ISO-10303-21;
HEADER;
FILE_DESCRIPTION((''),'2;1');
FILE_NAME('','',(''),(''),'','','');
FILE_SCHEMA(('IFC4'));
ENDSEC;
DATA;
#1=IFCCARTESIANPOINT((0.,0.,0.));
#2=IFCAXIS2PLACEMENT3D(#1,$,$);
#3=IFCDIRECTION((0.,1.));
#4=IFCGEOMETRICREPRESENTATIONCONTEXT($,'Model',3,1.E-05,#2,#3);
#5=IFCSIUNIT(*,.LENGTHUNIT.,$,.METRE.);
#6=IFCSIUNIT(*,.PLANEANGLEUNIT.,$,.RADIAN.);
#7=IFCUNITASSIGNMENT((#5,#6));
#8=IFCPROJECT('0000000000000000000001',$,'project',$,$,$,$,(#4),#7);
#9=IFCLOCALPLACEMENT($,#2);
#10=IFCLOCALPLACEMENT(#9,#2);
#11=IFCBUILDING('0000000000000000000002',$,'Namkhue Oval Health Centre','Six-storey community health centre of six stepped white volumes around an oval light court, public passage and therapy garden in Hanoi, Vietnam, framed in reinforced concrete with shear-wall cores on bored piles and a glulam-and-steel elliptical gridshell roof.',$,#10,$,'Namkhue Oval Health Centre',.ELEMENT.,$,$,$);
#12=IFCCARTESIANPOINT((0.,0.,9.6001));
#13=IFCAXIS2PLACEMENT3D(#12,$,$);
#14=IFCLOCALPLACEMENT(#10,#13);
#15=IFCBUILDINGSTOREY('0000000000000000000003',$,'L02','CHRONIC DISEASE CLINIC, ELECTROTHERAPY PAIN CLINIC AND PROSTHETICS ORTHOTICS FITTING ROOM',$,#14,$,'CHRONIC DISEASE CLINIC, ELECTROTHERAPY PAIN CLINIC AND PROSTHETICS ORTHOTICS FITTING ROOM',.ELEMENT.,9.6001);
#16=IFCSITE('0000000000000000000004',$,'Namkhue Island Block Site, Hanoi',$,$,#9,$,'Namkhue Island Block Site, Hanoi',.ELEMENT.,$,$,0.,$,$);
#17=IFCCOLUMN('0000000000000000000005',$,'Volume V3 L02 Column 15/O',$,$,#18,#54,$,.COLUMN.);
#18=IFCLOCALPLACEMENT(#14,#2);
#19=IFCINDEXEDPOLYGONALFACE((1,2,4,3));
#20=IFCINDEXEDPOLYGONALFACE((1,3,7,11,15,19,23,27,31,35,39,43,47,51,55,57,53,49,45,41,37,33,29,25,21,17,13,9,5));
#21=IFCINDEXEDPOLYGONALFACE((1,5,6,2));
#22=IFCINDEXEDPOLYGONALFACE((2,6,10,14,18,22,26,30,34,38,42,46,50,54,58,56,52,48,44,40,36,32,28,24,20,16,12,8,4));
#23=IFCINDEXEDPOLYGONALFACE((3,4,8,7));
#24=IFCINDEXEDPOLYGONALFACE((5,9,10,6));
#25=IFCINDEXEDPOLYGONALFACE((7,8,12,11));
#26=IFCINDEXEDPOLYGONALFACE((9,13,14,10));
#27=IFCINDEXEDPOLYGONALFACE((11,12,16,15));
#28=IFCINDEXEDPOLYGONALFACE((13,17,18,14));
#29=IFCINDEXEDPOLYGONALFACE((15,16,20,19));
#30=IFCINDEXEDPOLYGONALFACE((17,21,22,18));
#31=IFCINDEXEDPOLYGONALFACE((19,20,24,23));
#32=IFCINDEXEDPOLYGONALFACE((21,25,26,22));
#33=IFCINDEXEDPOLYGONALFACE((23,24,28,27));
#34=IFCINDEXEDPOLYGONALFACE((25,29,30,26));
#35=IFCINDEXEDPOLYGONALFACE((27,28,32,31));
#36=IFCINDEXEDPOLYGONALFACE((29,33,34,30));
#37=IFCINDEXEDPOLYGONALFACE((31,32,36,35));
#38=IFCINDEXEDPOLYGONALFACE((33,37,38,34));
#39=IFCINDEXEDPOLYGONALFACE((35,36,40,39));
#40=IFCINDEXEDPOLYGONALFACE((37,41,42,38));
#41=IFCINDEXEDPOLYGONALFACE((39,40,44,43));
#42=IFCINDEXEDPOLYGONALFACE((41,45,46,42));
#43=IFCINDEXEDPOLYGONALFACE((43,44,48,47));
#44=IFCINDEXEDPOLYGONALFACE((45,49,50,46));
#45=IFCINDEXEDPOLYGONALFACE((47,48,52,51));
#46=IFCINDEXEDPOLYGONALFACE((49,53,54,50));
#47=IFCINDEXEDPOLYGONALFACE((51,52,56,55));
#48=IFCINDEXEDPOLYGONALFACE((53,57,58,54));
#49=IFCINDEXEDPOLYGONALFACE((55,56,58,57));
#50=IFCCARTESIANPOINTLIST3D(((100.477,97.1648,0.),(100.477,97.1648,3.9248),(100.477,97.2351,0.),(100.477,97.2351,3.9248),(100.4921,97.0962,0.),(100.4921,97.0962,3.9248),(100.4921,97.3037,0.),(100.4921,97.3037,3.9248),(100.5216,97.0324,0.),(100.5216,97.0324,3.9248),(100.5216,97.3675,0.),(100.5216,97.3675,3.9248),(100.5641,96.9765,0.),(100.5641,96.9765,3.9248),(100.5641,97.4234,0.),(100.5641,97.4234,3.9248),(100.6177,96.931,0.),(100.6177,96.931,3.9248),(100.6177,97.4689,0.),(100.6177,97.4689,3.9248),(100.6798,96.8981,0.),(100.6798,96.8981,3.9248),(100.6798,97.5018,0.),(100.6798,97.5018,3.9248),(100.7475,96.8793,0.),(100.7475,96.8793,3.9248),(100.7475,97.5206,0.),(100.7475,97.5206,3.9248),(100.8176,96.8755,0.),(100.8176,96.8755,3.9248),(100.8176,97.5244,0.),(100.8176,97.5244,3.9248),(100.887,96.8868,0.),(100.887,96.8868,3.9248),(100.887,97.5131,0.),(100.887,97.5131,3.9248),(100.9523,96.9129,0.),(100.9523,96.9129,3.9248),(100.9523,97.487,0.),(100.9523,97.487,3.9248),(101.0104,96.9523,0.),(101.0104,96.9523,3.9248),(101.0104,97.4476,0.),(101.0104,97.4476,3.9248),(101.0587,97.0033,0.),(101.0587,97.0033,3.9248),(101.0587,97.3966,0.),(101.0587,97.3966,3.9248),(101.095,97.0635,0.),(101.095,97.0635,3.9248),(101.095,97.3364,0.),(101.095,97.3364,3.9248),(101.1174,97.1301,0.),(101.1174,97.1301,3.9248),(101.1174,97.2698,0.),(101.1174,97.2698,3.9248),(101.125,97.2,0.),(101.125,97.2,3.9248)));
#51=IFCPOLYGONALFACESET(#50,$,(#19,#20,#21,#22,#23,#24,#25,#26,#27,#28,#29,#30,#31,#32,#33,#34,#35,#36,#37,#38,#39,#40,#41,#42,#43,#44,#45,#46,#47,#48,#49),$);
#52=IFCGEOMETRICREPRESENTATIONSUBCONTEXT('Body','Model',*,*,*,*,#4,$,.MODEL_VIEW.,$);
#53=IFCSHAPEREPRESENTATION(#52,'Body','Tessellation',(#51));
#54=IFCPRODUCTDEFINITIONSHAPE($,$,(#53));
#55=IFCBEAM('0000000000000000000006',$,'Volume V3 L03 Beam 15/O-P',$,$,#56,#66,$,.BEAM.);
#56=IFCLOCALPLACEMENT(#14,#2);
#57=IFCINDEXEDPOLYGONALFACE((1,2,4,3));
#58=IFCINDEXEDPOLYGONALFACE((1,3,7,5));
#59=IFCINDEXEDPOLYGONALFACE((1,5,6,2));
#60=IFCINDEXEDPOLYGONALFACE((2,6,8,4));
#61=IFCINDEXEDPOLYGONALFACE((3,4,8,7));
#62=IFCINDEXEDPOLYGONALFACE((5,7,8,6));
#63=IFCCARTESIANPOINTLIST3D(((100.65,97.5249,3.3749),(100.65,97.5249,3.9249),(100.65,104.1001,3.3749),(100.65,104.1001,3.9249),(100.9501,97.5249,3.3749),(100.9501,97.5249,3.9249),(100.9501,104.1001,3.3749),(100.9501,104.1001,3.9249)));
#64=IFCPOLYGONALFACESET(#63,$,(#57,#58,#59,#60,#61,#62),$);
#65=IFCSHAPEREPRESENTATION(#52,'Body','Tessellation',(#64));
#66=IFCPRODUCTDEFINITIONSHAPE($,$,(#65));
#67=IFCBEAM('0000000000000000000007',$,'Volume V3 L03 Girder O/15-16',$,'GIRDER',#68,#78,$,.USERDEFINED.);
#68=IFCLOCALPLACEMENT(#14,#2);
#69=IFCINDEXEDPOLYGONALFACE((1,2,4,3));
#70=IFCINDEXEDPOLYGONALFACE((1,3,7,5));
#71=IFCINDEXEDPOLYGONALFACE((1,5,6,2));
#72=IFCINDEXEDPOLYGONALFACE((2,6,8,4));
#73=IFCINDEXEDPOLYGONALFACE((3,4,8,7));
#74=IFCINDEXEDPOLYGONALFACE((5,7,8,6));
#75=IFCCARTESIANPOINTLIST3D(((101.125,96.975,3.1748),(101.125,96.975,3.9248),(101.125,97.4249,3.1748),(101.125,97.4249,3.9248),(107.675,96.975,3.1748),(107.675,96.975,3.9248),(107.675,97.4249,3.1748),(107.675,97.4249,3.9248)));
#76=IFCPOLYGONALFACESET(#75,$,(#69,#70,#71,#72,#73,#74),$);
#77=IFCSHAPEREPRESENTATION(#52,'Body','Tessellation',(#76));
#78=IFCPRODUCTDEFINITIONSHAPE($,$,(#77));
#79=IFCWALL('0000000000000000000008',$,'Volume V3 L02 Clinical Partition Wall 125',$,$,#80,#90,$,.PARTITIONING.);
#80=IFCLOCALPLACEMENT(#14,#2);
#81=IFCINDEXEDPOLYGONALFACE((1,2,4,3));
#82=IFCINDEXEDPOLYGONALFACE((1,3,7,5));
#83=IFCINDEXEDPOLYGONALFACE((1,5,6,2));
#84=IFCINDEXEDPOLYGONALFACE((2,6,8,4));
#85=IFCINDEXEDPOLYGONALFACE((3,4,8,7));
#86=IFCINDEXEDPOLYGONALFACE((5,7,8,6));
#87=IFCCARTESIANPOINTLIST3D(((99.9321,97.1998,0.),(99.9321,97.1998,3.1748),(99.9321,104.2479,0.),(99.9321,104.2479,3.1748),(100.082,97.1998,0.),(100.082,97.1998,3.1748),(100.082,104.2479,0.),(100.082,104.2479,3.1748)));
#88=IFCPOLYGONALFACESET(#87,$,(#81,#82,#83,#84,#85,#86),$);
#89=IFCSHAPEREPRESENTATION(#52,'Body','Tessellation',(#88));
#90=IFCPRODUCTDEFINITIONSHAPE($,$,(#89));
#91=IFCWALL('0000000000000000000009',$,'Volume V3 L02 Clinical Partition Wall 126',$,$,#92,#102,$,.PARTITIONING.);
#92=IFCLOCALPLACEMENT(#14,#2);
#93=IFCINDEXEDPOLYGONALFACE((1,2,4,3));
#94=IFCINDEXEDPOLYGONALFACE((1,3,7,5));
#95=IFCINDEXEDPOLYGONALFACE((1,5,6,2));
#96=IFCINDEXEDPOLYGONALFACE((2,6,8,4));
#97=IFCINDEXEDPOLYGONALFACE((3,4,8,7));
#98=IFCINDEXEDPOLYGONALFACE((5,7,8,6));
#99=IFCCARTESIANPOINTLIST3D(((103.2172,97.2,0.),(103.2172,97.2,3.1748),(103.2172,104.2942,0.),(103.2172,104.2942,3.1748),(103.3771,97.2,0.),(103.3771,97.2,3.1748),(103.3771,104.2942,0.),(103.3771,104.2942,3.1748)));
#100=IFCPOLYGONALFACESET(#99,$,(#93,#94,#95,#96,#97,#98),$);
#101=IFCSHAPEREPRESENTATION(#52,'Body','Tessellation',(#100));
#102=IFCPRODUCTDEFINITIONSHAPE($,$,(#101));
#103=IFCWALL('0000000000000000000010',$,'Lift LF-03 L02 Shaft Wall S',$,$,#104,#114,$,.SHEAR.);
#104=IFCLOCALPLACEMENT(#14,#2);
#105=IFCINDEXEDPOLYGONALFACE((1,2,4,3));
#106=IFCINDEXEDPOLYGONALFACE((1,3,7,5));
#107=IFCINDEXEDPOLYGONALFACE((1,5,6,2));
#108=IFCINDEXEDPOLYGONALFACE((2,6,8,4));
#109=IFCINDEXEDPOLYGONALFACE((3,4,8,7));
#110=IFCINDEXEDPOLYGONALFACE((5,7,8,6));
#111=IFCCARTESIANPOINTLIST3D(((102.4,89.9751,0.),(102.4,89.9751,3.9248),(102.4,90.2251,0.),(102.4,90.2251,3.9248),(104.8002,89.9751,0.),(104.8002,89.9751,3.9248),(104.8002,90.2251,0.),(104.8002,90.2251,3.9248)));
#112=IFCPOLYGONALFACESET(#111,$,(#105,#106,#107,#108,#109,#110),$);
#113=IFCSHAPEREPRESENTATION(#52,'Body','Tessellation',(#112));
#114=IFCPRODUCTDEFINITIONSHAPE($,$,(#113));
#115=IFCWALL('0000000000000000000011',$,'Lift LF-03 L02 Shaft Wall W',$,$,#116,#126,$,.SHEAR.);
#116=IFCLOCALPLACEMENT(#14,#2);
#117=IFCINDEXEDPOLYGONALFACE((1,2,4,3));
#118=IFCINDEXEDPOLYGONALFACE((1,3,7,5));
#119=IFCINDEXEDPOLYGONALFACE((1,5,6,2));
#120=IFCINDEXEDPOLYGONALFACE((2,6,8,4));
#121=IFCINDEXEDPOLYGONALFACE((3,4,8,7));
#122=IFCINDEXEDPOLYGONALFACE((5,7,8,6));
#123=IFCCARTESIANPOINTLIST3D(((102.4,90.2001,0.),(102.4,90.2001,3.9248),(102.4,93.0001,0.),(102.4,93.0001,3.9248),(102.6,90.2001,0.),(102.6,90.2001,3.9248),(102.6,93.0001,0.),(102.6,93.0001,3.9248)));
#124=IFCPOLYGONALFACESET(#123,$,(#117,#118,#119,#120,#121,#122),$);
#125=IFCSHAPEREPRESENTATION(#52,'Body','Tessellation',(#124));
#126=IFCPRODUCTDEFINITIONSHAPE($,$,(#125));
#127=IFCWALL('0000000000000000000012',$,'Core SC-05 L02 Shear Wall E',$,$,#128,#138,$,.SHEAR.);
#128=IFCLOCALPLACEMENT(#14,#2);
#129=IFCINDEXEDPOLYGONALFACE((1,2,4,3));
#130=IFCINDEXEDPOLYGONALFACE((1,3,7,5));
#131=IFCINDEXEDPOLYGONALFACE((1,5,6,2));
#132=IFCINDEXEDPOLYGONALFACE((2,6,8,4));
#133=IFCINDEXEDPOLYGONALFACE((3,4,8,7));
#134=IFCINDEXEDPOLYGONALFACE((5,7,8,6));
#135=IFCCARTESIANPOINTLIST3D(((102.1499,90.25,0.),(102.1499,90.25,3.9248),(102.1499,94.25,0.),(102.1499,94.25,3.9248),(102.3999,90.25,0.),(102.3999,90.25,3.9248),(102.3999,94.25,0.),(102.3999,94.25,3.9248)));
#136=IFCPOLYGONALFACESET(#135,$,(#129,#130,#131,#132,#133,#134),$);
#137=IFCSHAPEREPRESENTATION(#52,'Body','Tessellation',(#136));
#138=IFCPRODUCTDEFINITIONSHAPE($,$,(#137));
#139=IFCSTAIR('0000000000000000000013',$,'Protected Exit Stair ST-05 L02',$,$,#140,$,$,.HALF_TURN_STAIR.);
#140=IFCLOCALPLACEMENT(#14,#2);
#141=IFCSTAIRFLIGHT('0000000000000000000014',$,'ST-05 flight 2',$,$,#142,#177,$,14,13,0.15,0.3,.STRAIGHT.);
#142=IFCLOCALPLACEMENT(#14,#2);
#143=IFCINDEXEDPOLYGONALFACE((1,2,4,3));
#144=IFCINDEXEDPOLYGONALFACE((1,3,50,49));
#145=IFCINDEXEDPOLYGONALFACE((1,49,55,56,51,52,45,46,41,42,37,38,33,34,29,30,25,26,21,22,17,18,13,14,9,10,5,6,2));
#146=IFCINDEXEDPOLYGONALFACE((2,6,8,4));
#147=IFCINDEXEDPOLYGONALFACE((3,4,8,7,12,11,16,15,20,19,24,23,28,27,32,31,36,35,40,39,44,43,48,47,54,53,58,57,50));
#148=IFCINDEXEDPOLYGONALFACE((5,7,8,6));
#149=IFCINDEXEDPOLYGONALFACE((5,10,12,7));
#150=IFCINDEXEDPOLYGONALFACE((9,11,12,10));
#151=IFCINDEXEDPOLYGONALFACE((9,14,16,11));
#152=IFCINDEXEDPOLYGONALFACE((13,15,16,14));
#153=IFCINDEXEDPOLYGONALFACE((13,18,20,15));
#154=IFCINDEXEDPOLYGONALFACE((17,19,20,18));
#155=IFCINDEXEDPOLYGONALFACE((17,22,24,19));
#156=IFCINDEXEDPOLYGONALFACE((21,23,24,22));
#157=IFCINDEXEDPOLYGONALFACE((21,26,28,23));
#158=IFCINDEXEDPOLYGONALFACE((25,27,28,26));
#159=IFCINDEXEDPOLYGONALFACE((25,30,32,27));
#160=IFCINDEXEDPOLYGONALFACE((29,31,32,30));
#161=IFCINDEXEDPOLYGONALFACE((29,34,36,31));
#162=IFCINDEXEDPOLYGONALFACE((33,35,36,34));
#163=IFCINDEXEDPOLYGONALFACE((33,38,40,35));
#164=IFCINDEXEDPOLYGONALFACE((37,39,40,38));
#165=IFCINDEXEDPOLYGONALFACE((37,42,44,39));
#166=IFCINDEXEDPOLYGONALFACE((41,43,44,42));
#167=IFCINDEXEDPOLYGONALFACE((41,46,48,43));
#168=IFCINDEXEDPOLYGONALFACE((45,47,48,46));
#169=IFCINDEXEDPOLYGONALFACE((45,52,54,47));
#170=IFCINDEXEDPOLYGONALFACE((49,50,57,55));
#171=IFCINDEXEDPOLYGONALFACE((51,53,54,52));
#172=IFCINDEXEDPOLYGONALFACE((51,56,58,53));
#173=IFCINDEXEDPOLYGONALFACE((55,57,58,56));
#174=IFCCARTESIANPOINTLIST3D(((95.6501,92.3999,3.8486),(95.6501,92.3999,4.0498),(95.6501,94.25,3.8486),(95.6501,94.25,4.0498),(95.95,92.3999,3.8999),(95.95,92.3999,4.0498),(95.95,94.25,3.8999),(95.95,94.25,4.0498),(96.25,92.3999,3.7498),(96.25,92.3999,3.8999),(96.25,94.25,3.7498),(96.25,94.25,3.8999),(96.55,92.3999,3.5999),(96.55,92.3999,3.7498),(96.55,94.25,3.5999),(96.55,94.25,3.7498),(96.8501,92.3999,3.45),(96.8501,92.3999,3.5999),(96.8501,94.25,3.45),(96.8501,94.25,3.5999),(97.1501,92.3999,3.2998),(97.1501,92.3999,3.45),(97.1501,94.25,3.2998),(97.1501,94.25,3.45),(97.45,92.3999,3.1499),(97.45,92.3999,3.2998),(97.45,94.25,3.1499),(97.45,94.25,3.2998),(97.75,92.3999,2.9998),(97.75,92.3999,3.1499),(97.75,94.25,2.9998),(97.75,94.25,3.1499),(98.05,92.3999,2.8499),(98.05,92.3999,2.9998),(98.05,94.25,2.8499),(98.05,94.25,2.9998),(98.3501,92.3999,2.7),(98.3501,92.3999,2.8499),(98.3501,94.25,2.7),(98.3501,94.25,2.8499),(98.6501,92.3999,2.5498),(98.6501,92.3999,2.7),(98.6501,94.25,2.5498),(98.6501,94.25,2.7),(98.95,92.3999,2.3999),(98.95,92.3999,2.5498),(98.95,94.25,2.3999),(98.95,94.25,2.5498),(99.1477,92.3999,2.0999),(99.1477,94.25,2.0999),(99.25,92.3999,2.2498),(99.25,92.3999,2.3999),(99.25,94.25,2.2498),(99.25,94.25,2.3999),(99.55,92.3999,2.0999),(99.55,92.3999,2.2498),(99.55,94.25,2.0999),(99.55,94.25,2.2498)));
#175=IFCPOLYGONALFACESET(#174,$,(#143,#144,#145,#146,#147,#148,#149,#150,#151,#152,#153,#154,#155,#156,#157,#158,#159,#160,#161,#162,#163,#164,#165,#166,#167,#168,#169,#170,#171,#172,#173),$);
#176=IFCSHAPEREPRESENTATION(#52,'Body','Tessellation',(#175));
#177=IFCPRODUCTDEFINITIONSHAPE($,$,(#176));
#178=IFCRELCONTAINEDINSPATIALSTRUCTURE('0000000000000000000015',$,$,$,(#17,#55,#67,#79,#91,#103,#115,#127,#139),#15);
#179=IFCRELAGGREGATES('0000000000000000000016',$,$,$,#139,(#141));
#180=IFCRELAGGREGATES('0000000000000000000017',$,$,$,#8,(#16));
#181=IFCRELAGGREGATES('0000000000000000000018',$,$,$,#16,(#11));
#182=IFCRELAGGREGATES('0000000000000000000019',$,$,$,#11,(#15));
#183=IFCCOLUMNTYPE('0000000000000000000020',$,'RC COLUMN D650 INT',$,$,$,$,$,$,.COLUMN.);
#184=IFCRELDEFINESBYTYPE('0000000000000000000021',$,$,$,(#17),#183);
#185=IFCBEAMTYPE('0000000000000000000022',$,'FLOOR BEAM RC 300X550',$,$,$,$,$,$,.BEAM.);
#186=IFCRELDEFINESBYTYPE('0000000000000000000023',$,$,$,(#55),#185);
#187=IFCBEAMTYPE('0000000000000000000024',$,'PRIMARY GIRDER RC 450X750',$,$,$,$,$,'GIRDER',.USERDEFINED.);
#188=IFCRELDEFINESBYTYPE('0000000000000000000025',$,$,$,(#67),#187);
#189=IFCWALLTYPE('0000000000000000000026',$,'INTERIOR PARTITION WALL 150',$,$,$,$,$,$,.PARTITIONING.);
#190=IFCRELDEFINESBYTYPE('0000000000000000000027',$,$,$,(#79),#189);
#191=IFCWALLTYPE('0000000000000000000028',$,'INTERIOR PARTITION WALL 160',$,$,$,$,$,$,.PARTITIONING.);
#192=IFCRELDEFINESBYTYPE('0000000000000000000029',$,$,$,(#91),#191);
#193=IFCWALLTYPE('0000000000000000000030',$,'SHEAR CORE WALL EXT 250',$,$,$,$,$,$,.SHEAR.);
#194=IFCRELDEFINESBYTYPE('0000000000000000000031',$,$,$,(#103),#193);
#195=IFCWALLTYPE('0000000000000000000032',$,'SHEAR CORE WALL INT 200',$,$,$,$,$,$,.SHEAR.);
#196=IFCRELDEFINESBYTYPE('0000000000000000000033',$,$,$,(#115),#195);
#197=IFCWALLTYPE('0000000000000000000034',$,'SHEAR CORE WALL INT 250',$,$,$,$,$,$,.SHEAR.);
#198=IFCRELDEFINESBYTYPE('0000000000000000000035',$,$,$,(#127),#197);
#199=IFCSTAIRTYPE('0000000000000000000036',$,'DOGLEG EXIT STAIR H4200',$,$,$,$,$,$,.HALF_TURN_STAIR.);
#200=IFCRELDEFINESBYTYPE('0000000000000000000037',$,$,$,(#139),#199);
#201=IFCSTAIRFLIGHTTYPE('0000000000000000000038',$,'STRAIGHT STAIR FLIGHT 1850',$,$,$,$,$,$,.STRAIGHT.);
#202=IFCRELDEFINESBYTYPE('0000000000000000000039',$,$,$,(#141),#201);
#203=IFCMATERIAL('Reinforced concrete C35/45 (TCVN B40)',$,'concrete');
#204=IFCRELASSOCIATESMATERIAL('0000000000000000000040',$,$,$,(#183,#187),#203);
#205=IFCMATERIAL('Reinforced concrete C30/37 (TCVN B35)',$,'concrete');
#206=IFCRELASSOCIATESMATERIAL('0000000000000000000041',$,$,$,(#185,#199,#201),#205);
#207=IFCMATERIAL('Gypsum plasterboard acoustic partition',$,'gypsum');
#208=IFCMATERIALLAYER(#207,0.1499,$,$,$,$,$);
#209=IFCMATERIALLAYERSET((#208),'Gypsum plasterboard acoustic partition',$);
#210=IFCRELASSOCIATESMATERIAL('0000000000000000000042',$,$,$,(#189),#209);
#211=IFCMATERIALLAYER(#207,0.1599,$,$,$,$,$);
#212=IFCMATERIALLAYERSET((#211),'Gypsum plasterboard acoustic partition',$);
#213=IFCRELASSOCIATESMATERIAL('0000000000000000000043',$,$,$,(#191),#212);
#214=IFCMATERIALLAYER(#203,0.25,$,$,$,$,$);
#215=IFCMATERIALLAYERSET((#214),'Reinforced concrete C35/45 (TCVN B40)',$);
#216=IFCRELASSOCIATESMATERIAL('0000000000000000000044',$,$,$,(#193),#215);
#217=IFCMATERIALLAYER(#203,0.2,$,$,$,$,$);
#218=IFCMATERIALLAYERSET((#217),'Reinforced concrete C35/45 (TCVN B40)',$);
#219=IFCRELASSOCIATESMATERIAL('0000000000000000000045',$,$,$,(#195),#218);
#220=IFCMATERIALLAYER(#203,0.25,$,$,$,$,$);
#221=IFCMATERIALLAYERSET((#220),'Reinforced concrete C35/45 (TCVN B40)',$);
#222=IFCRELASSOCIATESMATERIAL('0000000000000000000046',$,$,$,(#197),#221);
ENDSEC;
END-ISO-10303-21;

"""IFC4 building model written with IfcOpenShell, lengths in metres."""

from ifc_helpers import new_model, si_unit, direction, frame, frame_2d, origin, origin_2d, place, context, subcontext, project, spatial, polyline, rectangle, circle, outline, extrude, material, layer, layer_set, material_profile, profile_set, type_object, element, aggregate, save


model = new_model("IFC4")

# Units and contexts
model_context = context("Model", 3, precision=1e-05, world=origin(), true_north=direction((0.0, 1.0)))
body_context = subcontext(model_context, "Body", "Model", "MODEL_VIEW")
ifc_project = project(units=[si_unit("LENGTHUNIT", "METRE"), si_unit("PLANEANGLEUNIT", "RADIAN")], contexts=[model_context])

# Site, building, storey
site_placement = place(None, origin())
site = spatial("IfcSite", under=ifc_project, at=site_placement, Name="Namkhue Island Block Site, Hanoi", LongName="Namkhue Island Block Site, Hanoi", CompositionType="ELEMENT", RefElevation=0.0)
building_placement = place(site_placement, origin())
building = spatial("IfcBuilding", under=site, at=building_placement, Name="Namkhue Oval Health Centre", Description="Six-storey community health centre of six stepped white volumes around an oval light court, public passage and therapy garden in Hanoi, Vietnam, framed in reinforced concrete with shear-wall cores on bored piles and a glulam-and-steel elliptical gridshell roof.", LongName="Namkhue Oval Health Centre", CompositionType="ELEMENT")
storey_placement = place(building_placement, frame((0.0, 0.0, 9.6001)))
storey = spatial("IfcBuildingStorey", under=building, at=storey_placement, Name="L02", Description="CHRONIC DISEASE CLINIC, ELECTROTHERAPY PAIN CLINIC AND PROSTHETICS ORTHOTICS FITTING ROOM", LongName="CHRONIC DISEASE CLINIC, ELECTROTHERAPY PAIN CLINIC AND PROSTHETICS ORTHOTICS FITTING ROOM", CompositionType="ELEMENT", Elevation=9.6001)

# Column
ifc_material_1 = material(Name="Reinforced concrete C35/45 (TCVN B40)", Category="concrete")
ifc_material_profile_1 = material_profile(ifc_material_1, circle(Radius=0.325, at=origin_2d()), Name="RC D650")
ifc_profile_set_1 = profile_set([ifc_material_profile_1], Name="Reinforced concrete C35/45 (TCVN B40)")
column_type = type_object("IfcColumnType", Name="RC COLUMN D650 INT", PredefinedType="COLUMN", material=ifc_profile_set_1)
column_placement = place(storey_placement, frame((100.8, 97.2, 0.0), z_axis=(0.0, 0.0, 1.0), x_axis=(1.0, 0.0, 0.0)))
element("IfcColumn", 1, at=column_placement, inside=storey, type_object=column_type, Name="Volume V3 L02 Column 15/O", PredefinedType="COLUMN", context=body_context, shape_type="SweptSolid", body=[
    extrude(circle(Radius=0.325, at=origin_2d()), origin(), (0.0, 0.0, 1.0), 3.9248),
])

# Beams
ifc_material_2 = material(Name="Reinforced concrete C30/37 (TCVN B35)", Category="concrete")
ifc_material_profile_2 = material_profile(ifc_material_2, rectangle(XDim=0.3, YDim=0.55, at=origin_2d()), Name="RC 300x550")
ifc_profile_set_2 = profile_set([ifc_material_profile_2], Name="Reinforced concrete C30/37 (TCVN B35)")
beam_type_1 = type_object("IfcBeamType", Name="FLOOR BEAM RC 300X550", PredefinedType="BEAM", material=ifc_profile_set_2)
beam_1_placement = place(storey_placement, frame((100.8, 97.5249, 3.6499), z_axis=(0.0, 1.0, 0.0), x_axis=(-1.0, 0.0, 0.0)))
element("IfcBeam", 2, at=beam_1_placement, inside=storey, type_object=beam_type_1, Name="Volume V3 L03 Beam 15/O-P", PredefinedType="BEAM", context=body_context, shape_type="SweptSolid", body=[
    extrude(rectangle(XDim=0.3, YDim=0.55, at=origin_2d()), origin(), (0.0, 0.0, 1.0), 6.5752),
])
ifc_material_profile_3 = material_profile(ifc_material_1, rectangle(XDim=0.45, YDim=0.75, at=origin_2d()), Name="RC 450x750")
ifc_profile_set_3 = profile_set([ifc_material_profile_3], Name="Reinforced concrete C35/45 (TCVN B40)")
beam_type_2 = type_object("IfcBeamType", Name="PRIMARY GIRDER RC 450X750", ElementType="GIRDER", PredefinedType="USERDEFINED", material=ifc_profile_set_3)
beam_2_placement = place(storey_placement, frame((101.125, 97.2, 3.5498), z_axis=(1.0, 0.0, 0.0), x_axis=(0.0, 1.0, 0.0)))
element("IfcBeam", 3, at=beam_2_placement, inside=storey, type_object=beam_type_2, Name="Volume V3 L03 Girder O/15-16", ObjectType="GIRDER", PredefinedType="USERDEFINED", context=body_context, shape_type="SweptSolid", body=[
    extrude(rectangle(XDim=0.45, YDim=0.75, at=origin_2d()), origin(), (0.0, 0.0, 1.0), 6.55),
])

# Walls
ifc_material_3 = material(Name="Gypsum plasterboard acoustic partition", Category="gypsum")
ifc_layer_1 = layer(ifc_material_3, 0.1499)
ifc_layer_set_1 = layer_set([ifc_layer_1], Name="Gypsum plasterboard acoustic partition")
wall_type_1 = type_object("IfcWallType", Name="INTERIOR PARTITION WALL 150", PredefinedType="PARTITIONING", material=ifc_layer_set_1)
wall_1_placement = place(storey_placement, frame((100.0071, 97.2, 0.0), z_axis=(0.0, 0.0, 1.0), x_axis=(0.0, 1.0, 0.0)))
element("IfcWall", 4, at=wall_1_placement, inside=storey, type_object=wall_type_1, Name="Volume V3 L02 Clinical Partition Wall 125", PredefinedType="PARTITIONING", context=body_context, shape_type="SweptSolid", body=[
    extrude(rectangle(XDim=7.0481, YDim=0.1499, at=frame_2d((3.5239, 0.0))), origin(), (0.0, 0.0, 1.0), 3.1748),
])
ifc_layer_2 = layer(ifc_material_3, 0.1599)
ifc_layer_set_2 = layer_set([ifc_layer_2], Name="Gypsum plasterboard acoustic partition")
wall_type_2 = type_object("IfcWallType", Name="INTERIOR PARTITION WALL 160", PredefinedType="PARTITIONING", material=ifc_layer_set_2)
wall_2_placement = place(storey_placement, frame((103.2971, 97.2, 0.0), z_axis=(0.0, 0.0, 1.0), x_axis=(0.0, 1.0, 0.0)))
element("IfcWall", 5, at=wall_2_placement, inside=storey, type_object=wall_type_2, Name="Volume V3 L02 Clinical Partition Wall 126", PredefinedType="PARTITIONING", context=body_context, shape_type="SweptSolid", body=[
    extrude(rectangle(XDim=7.0942, YDim=0.1599, at=frame_2d((3.5471, 0.0))), origin(), (0.0, 0.0, 1.0), 3.1748),
])
ifc_layer_3 = layer(ifc_material_1, 0.25)
ifc_layer_set_3 = layer_set([ifc_layer_3], Name="Reinforced concrete C35/45 (TCVN B40)")
wall_type_3 = type_object("IfcWallType", Name="SHEAR CORE WALL EXT 250", PredefinedType="SHEAR", material=ifc_layer_set_3)
wall_3_placement = place(storey_placement, frame((102.3999, 90.1001, 0.0), z_axis=(0.0, 0.0, 1.0), x_axis=(1.0, 0.0, 0.0)))
element("IfcWall", 6, at=wall_3_placement, inside=storey, type_object=wall_type_3, Name="Lift LF-03 L02 Shaft Wall S", PredefinedType="SHEAR", context=body_context, shape_type="SweptSolid", body=[
    extrude(rectangle(XDim=2.4001, YDim=0.25, at=frame_2d((1.2002, 0.0))), origin(), (0.0, 0.0, 1.0), 3.9248),
])
ifc_layer_4 = layer(ifc_material_1, 0.2)
ifc_layer_set_4 = layer_set([ifc_layer_4], Name="Reinforced concrete C35/45 (TCVN B40)")
wall_type_4 = type_object("IfcWallType", Name="SHEAR CORE WALL INT 200", PredefinedType="SHEAR", material=ifc_layer_set_4)
wall_4_placement = place(storey_placement, frame((102.5, 93.0, 0.0), z_axis=(0.0, 0.0, 1.0), x_axis=(0.0, -1.0, 0.0)))
element("IfcWall", 7, at=wall_4_placement, inside=storey, type_object=wall_type_4, Name="Lift LF-03 L02 Shaft Wall W", PredefinedType="SHEAR", context=body_context, shape_type="SweptSolid", body=[
    extrude(rectangle(XDim=2.8, YDim=0.2, at=frame_2d((1.3999, 0.0))), origin(), (0.0, 0.0, 1.0), 3.9248),
])
ifc_layer_5 = layer(ifc_material_1, 0.25)
ifc_layer_set_5 = layer_set([ifc_layer_5], Name="Reinforced concrete C35/45 (TCVN B40)")
wall_type_5 = type_object("IfcWallType", Name="SHEAR CORE WALL INT 250", PredefinedType="SHEAR", material=ifc_layer_set_5)
wall_5_placement = place(storey_placement, frame((102.2749, 90.25, 0.0), z_axis=(0.0, 0.0, 1.0), x_axis=(0.0, 1.0, 0.0)))
element("IfcWall", 8, at=wall_5_placement, inside=storey, type_object=wall_type_5, Name="Core SC-05 L02 Shear Wall E", PredefinedType="SHEAR", context=body_context, shape_type="SweptSolid", body=[
    extrude(rectangle(XDim=4.0, YDim=0.25, at=frame_2d((2.0, 0.0))), origin(), (0.0, 0.0, 1.0), 3.9248),
])

# Stair, stair flight
stair_type = type_object("IfcStairType", Name="DOGLEG EXIT STAIR H4200", PredefinedType="HALF_TURN_STAIR", material=ifc_material_2)
stair_placement = place(storey_placement, origin())
stair = element("IfcStair", 9, at=stair_placement, inside=storey, type_object=stair_type, Name="Protected Exit Stair ST-05 L02", PredefinedType="HALF_TURN_STAIR")
stair_flight_type = type_object("IfcStairFlightType", Name="STRAIGHT STAIR FLIGHT 1850", PredefinedType="STRAIGHT", material=ifc_material_2)
stair_flight_placement = place(storey_placement, frame((99.55, 93.325, 2.0999), z_axis=(0.0, 0.0, 1.0), x_axis=(-1.0, 0.0, 0.0)))
stair_flight = element("IfcStairFlight", 10, at=stair_flight_placement, type_object=stair_flight_type, Name="ST-05 flight 2", NumberOfRisers=14, NumberOfTreads=13, PredefinedType="STRAIGHT", RiserHeight=0.15, TreadLength=0.3, context=body_context, shape_type="SweptSolid", body=[
    extrude(outline(polyline([(0.0, 0.0), (0.0, 0.1499), (0.3, 0.1499), (0.3, 0.3), (0.6001, 0.3), (0.6001, 0.45), (0.8999, 0.45), (0.8999, 0.6001), (1.2, 0.6001), (1.2, 0.75), (1.5, 0.75), (1.5, 0.8999), (1.8, 0.8999), (1.8, 1.05), (2.1001, 1.05), (2.1001, 1.2), (2.3999, 1.2), (2.3999, 1.3501), (2.7, 1.3501), (2.7, 1.5), (3.0, 1.5), (3.0, 1.6499), (3.3, 1.6499), (3.3, 1.8), (3.6001, 1.8), (3.6001, 1.95), (3.8999, 1.95), (3.8999, 2.1001), (3.8999, 1.7488), (0.4023, 0.0), (0.0, 0.0)])), frame((0.0, 0.925, 0.0), z_axis=(0.0, -1.0, 0.0), x_axis=(1.0, 0.0, 0.0)), (0.0, 0.0, 1.0), 1.8501),
])
aggregate(stair, [stair_flight])

save(model, "model.ifc")
